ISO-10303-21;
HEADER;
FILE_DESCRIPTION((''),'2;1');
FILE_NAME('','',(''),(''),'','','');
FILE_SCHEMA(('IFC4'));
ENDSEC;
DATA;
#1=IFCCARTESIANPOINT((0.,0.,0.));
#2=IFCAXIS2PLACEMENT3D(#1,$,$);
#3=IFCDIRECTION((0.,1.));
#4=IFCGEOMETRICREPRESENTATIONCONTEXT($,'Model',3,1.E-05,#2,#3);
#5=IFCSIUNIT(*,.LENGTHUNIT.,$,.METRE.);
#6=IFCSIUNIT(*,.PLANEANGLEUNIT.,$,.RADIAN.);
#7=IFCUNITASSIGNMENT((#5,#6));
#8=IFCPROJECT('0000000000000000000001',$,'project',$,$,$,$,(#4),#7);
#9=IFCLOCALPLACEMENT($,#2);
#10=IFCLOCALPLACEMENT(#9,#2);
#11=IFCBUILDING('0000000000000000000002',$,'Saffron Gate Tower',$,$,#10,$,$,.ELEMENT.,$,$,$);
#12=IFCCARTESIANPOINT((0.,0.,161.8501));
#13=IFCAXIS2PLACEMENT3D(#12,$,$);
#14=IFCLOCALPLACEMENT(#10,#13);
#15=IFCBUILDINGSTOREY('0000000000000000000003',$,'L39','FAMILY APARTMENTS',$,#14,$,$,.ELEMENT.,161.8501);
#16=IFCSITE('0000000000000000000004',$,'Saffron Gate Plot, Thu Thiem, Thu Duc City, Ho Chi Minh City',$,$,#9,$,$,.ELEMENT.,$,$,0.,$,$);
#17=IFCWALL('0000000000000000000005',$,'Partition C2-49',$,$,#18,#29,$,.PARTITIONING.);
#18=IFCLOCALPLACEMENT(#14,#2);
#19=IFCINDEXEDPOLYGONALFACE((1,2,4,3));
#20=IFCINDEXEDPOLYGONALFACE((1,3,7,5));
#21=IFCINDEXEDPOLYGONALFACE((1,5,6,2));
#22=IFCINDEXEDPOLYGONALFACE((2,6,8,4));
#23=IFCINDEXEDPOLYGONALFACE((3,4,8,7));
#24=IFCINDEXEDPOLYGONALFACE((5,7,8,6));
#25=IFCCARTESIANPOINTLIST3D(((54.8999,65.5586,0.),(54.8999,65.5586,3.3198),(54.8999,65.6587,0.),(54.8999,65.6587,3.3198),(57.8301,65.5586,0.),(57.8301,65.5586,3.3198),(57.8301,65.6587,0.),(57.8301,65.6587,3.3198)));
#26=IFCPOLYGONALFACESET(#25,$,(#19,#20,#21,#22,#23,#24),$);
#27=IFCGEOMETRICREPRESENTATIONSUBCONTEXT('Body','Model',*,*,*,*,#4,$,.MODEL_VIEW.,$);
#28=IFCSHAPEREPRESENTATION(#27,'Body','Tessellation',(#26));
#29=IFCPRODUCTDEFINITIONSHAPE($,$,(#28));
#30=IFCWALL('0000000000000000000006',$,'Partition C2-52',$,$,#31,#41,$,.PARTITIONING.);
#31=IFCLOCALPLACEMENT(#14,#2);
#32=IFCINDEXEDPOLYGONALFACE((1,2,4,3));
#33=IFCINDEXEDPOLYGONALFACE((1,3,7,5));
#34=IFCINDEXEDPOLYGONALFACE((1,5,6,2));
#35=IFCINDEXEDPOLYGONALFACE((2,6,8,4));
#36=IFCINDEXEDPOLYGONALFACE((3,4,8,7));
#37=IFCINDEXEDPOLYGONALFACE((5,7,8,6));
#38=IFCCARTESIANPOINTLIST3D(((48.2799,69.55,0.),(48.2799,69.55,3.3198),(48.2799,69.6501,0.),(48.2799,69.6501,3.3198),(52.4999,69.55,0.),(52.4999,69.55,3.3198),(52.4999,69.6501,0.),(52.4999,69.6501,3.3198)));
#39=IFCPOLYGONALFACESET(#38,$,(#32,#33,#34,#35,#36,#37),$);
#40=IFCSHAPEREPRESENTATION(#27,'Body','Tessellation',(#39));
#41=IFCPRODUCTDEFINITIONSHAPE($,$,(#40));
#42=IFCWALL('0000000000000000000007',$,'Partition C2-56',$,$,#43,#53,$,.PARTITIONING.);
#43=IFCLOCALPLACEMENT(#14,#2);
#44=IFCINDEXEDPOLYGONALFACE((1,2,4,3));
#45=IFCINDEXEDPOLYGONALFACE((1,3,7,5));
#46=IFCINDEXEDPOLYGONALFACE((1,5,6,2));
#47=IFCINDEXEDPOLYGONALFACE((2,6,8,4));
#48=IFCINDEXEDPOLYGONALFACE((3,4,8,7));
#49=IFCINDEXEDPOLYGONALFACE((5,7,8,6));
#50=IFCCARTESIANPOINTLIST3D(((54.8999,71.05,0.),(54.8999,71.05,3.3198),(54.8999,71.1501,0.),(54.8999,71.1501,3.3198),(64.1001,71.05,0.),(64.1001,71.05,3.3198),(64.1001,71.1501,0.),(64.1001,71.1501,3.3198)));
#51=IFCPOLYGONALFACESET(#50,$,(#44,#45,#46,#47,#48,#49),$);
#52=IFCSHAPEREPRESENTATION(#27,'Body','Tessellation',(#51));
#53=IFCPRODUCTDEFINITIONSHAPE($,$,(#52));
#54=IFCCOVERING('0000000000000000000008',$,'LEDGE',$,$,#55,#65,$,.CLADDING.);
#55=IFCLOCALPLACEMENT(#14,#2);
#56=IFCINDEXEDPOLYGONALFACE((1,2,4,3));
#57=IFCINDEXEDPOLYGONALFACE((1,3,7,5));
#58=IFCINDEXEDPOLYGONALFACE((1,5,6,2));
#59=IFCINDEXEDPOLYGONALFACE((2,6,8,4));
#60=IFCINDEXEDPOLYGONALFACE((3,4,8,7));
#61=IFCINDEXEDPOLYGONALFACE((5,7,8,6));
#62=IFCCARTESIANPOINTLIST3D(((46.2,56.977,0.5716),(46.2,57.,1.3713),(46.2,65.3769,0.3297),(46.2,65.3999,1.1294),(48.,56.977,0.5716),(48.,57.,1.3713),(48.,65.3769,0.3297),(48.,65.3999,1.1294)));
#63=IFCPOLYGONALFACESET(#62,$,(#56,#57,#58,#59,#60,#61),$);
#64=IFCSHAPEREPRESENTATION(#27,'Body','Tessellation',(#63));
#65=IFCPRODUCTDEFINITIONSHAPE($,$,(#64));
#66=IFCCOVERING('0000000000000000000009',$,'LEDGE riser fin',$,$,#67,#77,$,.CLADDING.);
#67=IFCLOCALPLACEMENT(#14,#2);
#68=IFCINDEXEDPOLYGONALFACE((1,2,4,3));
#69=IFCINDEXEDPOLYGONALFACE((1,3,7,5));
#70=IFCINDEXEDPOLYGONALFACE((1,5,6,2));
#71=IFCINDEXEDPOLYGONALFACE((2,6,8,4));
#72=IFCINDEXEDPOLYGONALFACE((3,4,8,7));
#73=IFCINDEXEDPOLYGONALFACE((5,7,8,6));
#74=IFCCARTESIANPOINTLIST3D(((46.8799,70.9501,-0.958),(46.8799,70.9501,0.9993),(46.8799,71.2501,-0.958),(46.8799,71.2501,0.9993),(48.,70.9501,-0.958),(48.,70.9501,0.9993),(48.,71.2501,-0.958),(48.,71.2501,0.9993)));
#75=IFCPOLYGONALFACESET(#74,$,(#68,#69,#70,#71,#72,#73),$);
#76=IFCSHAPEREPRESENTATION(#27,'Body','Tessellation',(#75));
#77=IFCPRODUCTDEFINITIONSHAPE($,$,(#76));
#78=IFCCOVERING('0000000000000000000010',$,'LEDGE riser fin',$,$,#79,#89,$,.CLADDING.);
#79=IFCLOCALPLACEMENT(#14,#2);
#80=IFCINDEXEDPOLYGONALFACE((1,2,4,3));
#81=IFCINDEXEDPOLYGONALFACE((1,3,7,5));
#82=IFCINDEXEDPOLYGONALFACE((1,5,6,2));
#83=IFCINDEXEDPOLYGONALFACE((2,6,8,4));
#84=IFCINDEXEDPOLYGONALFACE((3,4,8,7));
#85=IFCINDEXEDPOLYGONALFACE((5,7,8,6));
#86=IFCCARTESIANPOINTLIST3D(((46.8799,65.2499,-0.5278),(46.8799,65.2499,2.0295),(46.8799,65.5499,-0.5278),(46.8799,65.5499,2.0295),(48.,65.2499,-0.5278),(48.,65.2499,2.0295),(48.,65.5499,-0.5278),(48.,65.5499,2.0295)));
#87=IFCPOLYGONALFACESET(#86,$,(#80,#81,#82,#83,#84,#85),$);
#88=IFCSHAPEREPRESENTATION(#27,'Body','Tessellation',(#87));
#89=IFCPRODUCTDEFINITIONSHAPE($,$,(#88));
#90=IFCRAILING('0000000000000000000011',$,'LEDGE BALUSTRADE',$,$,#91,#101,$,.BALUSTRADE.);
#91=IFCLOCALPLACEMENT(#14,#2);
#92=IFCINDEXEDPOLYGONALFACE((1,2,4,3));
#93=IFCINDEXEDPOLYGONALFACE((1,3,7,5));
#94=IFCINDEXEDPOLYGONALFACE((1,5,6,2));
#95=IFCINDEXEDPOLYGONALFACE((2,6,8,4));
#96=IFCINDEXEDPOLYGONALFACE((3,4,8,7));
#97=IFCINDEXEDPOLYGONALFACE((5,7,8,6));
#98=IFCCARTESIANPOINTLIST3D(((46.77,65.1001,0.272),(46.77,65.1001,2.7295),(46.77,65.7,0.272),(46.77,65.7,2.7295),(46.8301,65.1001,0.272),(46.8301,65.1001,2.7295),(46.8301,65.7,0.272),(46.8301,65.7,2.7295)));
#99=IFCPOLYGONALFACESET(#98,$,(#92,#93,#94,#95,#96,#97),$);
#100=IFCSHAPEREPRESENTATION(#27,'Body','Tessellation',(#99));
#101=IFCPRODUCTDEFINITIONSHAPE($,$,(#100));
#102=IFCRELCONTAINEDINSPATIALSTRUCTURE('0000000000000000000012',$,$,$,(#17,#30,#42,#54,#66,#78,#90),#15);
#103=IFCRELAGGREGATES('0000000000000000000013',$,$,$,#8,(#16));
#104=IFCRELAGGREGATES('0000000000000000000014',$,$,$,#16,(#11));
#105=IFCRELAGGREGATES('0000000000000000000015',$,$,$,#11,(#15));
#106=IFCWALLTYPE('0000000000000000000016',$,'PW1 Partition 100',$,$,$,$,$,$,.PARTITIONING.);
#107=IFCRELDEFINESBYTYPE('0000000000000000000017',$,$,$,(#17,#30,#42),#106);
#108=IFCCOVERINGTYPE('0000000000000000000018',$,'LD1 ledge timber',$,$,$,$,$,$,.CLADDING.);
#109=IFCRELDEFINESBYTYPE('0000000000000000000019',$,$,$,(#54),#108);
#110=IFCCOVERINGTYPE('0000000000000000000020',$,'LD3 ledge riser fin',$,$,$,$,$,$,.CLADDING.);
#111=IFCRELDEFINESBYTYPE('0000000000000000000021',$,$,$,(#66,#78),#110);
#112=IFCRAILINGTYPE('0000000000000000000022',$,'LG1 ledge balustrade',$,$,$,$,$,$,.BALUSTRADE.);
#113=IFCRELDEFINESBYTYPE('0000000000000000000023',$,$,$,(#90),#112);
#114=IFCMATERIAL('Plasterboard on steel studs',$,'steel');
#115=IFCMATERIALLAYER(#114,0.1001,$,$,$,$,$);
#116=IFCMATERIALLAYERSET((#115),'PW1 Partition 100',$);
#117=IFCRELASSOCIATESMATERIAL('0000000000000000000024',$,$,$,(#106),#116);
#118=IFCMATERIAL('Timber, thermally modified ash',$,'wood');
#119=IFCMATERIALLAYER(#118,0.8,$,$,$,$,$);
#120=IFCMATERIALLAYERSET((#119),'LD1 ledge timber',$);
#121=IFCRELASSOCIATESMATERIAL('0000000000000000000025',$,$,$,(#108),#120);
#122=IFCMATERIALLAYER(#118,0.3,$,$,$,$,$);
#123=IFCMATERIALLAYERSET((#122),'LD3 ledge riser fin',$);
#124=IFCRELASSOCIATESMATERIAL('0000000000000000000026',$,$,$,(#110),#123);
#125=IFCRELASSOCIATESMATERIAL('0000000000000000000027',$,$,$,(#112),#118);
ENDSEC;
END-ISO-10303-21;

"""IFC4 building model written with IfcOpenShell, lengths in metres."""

from ifc_helpers import new_model, si_unit, direction, frame, frame_2d, origin, origin_2d, place, context, subcontext, project, spatial, polyline, rectangle, outline, extrude, material, layer, layer_set, type_object, element, save


model = new_model("IFC4")

# Units and contexts
model_context = context("Model", 3, precision=1e-05, world=origin(), true_north=direction((0.0, 1.0)))
body_context = subcontext(model_context, "Body", "Model", "MODEL_VIEW")
ifc_project = project(units=[si_unit("LENGTHUNIT", "METRE"), si_unit("PLANEANGLEUNIT", "RADIAN")], contexts=[model_context])

# Site, building, storey
site_placement = place(None, origin())
site = spatial("IfcSite", under=ifc_project, at=site_placement, Name="Saffron Gate Plot, Thu Thiem, Thu Duc City, Ho Chi Minh City", CompositionType="ELEMENT", RefElevation=0.0)
building_placement = place(site_placement, origin())
building = spatial("IfcBuilding", under=site, at=building_placement, Name="Saffron Gate Tower", CompositionType="ELEMENT")
storey_placement = place(building_placement, frame((0.0, 0.0, 161.8501)))
storey = spatial("IfcBuildingStorey", under=building, at=storey_placement, Name="L39", Description="FAMILY APARTMENTS", CompositionType="ELEMENT", Elevation=161.8501)

# Walls
ifc_material_1 = material(Name="Plasterboard on steel studs", Category="steel")
ifc_layer_1 = layer(ifc_material_1, 0.1001)
ifc_layer_set_1 = layer_set([ifc_layer_1], Name="PW1 Partition 100")
wall_type = type_object("IfcWallType", Name="PW1 Partition 100", PredefinedType="PARTITIONING", material=ifc_layer_set_1)
wall_1_placement = place(storey_placement, frame((54.8999, 65.6086, 0.0), z_axis=(0.0, 0.0, 1.0), x_axis=(1.0, 0.0, 0.0)))
element("IfcWall", 1, at=wall_1_placement, inside=storey, type_object=wall_type, Name="Partition C2-49", PredefinedType="PARTITIONING", context=body_context, shape_type="SweptSolid", body=[
    extrude(rectangle(XDim=2.9302, YDim=0.1001, at=frame_2d((1.4651, 0.0))), origin(), (0.0, 0.0, 1.0), 3.3198),
])
wall_2_placement = place(storey_placement, frame((48.28, 69.6001, 0.0), z_axis=(0.0, 0.0, 1.0), x_axis=(1.0, 0.0, 0.0)))
element("IfcWall", 2, at=wall_2_placement, inside=storey, type_object=wall_type, Name="Partition C2-52", PredefinedType="PARTITIONING", context=body_context, shape_type="SweptSolid", body=[
    extrude(rectangle(XDim=4.22, YDim=0.1001, at=frame_2d((2.1099, 0.0))), origin(), (0.0, 0.0, 1.0), 3.3198),
])
wall_3_placement = place(storey_placement, frame((54.8999, 71.1001, 0.0), z_axis=(0.0, 0.0, 1.0), x_axis=(1.0, 0.0, 0.0)))
element("IfcWall", 3, at=wall_3_placement, inside=storey, type_object=wall_type, Name="Partition C2-56", PredefinedType="PARTITIONING", context=body_context, shape_type="SweptSolid", body=[
    extrude(rectangle(XDim=9.2002, YDim=0.1001, at=frame_2d((4.6001, 0.0))), origin(), (0.0, 0.0, 1.0), 3.3198),
])

# Coverings
ifc_material_2 = material(Name="Timber, thermally modified ash", Category="wood")
ifc_layer_2 = layer(ifc_material_2, 0.8)
ifc_layer_set_2 = layer_set([ifc_layer_2], Name="LD1 ledge timber")
covering_type_1 = type_object("IfcCoveringType", Name="LD1 ledge timber", PredefinedType="CLADDING", material=ifc_layer_set_2)
covering_1_placement = place(storey_placement, frame((48.0, 65.3999, 1.1294), z_axis=(0.0, 0.028791, 0.999585), x_axis=(0.0, -0.999585, 0.028791)))
element("IfcCovering", 4, at=covering_1_placement, inside=storey, type_object=covering_type_1, Name="LEDGE", PredefinedType="CLADDING", context=body_context, shape_type="SweptSolid", body=[
    extrude(outline(polyline([(0.0, 0.0), (8.4034, 0.0), (8.4034, -1.8), (0.0, -1.8), (0.0, 0.0)])), origin(), (0.0, 0.0, -1.0), 0.8),
])
ifc_layer_3 = layer(ifc_material_2, 0.3)
ifc_layer_set_3 = layer_set([ifc_layer_3], Name="LD3 ledge riser fin")
covering_type_2 = type_object("IfcCoveringType", Name="LD3 ledge riser fin", PredefinedType="CLADDING", material=ifc_layer_set_3)
covering_2_placement = place(storey_placement, frame((47.4399, 71.1001, -0.958), z_axis=(0.0, 0.0, 1.0), x_axis=(0.0, -1.0, 0.0)))
element("IfcCovering", 5, at=covering_2_placement, inside=storey, type_object=covering_type_2, Name="LEDGE riser fin", PredefinedType="CLADDING", context=body_context, shape_type="SweptSolid", body=[
    extrude(rectangle(XDim=0.3, YDim=1.1201, at=origin_2d()), origin(), (0.0, 0.0, 1.0), 1.9573),
])
covering_3_placement = place(storey_placement, frame((47.4399, 65.3999, -0.5278), z_axis=(0.0, 0.0, 1.0), x_axis=(0.0, -1.0, 0.0)))
element("IfcCovering", 6, at=covering_3_placement, inside=storey, type_object=covering_type_2, Name="LEDGE riser fin", PredefinedType="CLADDING", context=body_context, shape_type="SweptSolid", body=[
    extrude(rectangle(XDim=0.3, YDim=1.1201, at=origin_2d()), origin(), (0.0, 0.0, 1.0), 2.5574),
])

# Railing
railing_type = type_object("IfcRailingType", Name="LG1 ledge balustrade", PredefinedType="BALUSTRADE", material=ifc_material_2)
railing_placement = place(storey_placement, frame((46.8, 65.7, 0.272)))
element("IfcRailing", 7, at=railing_placement, inside=storey, type_object=railing_type, Name="LEDGE BALUSTRADE", PredefinedType="BALUSTRADE", context=body_context, shape_type="SweptSolid", body=[
    extrude(rectangle(XDim=0.0601, YDim=2.4575, at=origin_2d()), frame((0.0, 0.0, 1.2288), z_axis=(0.0, -1.0, 0.0), x_axis=(1.0, 0.0, 0.0)), (0.0, 0.0, 1.0), 0.5999),
])

save(model, "model.ifc")
